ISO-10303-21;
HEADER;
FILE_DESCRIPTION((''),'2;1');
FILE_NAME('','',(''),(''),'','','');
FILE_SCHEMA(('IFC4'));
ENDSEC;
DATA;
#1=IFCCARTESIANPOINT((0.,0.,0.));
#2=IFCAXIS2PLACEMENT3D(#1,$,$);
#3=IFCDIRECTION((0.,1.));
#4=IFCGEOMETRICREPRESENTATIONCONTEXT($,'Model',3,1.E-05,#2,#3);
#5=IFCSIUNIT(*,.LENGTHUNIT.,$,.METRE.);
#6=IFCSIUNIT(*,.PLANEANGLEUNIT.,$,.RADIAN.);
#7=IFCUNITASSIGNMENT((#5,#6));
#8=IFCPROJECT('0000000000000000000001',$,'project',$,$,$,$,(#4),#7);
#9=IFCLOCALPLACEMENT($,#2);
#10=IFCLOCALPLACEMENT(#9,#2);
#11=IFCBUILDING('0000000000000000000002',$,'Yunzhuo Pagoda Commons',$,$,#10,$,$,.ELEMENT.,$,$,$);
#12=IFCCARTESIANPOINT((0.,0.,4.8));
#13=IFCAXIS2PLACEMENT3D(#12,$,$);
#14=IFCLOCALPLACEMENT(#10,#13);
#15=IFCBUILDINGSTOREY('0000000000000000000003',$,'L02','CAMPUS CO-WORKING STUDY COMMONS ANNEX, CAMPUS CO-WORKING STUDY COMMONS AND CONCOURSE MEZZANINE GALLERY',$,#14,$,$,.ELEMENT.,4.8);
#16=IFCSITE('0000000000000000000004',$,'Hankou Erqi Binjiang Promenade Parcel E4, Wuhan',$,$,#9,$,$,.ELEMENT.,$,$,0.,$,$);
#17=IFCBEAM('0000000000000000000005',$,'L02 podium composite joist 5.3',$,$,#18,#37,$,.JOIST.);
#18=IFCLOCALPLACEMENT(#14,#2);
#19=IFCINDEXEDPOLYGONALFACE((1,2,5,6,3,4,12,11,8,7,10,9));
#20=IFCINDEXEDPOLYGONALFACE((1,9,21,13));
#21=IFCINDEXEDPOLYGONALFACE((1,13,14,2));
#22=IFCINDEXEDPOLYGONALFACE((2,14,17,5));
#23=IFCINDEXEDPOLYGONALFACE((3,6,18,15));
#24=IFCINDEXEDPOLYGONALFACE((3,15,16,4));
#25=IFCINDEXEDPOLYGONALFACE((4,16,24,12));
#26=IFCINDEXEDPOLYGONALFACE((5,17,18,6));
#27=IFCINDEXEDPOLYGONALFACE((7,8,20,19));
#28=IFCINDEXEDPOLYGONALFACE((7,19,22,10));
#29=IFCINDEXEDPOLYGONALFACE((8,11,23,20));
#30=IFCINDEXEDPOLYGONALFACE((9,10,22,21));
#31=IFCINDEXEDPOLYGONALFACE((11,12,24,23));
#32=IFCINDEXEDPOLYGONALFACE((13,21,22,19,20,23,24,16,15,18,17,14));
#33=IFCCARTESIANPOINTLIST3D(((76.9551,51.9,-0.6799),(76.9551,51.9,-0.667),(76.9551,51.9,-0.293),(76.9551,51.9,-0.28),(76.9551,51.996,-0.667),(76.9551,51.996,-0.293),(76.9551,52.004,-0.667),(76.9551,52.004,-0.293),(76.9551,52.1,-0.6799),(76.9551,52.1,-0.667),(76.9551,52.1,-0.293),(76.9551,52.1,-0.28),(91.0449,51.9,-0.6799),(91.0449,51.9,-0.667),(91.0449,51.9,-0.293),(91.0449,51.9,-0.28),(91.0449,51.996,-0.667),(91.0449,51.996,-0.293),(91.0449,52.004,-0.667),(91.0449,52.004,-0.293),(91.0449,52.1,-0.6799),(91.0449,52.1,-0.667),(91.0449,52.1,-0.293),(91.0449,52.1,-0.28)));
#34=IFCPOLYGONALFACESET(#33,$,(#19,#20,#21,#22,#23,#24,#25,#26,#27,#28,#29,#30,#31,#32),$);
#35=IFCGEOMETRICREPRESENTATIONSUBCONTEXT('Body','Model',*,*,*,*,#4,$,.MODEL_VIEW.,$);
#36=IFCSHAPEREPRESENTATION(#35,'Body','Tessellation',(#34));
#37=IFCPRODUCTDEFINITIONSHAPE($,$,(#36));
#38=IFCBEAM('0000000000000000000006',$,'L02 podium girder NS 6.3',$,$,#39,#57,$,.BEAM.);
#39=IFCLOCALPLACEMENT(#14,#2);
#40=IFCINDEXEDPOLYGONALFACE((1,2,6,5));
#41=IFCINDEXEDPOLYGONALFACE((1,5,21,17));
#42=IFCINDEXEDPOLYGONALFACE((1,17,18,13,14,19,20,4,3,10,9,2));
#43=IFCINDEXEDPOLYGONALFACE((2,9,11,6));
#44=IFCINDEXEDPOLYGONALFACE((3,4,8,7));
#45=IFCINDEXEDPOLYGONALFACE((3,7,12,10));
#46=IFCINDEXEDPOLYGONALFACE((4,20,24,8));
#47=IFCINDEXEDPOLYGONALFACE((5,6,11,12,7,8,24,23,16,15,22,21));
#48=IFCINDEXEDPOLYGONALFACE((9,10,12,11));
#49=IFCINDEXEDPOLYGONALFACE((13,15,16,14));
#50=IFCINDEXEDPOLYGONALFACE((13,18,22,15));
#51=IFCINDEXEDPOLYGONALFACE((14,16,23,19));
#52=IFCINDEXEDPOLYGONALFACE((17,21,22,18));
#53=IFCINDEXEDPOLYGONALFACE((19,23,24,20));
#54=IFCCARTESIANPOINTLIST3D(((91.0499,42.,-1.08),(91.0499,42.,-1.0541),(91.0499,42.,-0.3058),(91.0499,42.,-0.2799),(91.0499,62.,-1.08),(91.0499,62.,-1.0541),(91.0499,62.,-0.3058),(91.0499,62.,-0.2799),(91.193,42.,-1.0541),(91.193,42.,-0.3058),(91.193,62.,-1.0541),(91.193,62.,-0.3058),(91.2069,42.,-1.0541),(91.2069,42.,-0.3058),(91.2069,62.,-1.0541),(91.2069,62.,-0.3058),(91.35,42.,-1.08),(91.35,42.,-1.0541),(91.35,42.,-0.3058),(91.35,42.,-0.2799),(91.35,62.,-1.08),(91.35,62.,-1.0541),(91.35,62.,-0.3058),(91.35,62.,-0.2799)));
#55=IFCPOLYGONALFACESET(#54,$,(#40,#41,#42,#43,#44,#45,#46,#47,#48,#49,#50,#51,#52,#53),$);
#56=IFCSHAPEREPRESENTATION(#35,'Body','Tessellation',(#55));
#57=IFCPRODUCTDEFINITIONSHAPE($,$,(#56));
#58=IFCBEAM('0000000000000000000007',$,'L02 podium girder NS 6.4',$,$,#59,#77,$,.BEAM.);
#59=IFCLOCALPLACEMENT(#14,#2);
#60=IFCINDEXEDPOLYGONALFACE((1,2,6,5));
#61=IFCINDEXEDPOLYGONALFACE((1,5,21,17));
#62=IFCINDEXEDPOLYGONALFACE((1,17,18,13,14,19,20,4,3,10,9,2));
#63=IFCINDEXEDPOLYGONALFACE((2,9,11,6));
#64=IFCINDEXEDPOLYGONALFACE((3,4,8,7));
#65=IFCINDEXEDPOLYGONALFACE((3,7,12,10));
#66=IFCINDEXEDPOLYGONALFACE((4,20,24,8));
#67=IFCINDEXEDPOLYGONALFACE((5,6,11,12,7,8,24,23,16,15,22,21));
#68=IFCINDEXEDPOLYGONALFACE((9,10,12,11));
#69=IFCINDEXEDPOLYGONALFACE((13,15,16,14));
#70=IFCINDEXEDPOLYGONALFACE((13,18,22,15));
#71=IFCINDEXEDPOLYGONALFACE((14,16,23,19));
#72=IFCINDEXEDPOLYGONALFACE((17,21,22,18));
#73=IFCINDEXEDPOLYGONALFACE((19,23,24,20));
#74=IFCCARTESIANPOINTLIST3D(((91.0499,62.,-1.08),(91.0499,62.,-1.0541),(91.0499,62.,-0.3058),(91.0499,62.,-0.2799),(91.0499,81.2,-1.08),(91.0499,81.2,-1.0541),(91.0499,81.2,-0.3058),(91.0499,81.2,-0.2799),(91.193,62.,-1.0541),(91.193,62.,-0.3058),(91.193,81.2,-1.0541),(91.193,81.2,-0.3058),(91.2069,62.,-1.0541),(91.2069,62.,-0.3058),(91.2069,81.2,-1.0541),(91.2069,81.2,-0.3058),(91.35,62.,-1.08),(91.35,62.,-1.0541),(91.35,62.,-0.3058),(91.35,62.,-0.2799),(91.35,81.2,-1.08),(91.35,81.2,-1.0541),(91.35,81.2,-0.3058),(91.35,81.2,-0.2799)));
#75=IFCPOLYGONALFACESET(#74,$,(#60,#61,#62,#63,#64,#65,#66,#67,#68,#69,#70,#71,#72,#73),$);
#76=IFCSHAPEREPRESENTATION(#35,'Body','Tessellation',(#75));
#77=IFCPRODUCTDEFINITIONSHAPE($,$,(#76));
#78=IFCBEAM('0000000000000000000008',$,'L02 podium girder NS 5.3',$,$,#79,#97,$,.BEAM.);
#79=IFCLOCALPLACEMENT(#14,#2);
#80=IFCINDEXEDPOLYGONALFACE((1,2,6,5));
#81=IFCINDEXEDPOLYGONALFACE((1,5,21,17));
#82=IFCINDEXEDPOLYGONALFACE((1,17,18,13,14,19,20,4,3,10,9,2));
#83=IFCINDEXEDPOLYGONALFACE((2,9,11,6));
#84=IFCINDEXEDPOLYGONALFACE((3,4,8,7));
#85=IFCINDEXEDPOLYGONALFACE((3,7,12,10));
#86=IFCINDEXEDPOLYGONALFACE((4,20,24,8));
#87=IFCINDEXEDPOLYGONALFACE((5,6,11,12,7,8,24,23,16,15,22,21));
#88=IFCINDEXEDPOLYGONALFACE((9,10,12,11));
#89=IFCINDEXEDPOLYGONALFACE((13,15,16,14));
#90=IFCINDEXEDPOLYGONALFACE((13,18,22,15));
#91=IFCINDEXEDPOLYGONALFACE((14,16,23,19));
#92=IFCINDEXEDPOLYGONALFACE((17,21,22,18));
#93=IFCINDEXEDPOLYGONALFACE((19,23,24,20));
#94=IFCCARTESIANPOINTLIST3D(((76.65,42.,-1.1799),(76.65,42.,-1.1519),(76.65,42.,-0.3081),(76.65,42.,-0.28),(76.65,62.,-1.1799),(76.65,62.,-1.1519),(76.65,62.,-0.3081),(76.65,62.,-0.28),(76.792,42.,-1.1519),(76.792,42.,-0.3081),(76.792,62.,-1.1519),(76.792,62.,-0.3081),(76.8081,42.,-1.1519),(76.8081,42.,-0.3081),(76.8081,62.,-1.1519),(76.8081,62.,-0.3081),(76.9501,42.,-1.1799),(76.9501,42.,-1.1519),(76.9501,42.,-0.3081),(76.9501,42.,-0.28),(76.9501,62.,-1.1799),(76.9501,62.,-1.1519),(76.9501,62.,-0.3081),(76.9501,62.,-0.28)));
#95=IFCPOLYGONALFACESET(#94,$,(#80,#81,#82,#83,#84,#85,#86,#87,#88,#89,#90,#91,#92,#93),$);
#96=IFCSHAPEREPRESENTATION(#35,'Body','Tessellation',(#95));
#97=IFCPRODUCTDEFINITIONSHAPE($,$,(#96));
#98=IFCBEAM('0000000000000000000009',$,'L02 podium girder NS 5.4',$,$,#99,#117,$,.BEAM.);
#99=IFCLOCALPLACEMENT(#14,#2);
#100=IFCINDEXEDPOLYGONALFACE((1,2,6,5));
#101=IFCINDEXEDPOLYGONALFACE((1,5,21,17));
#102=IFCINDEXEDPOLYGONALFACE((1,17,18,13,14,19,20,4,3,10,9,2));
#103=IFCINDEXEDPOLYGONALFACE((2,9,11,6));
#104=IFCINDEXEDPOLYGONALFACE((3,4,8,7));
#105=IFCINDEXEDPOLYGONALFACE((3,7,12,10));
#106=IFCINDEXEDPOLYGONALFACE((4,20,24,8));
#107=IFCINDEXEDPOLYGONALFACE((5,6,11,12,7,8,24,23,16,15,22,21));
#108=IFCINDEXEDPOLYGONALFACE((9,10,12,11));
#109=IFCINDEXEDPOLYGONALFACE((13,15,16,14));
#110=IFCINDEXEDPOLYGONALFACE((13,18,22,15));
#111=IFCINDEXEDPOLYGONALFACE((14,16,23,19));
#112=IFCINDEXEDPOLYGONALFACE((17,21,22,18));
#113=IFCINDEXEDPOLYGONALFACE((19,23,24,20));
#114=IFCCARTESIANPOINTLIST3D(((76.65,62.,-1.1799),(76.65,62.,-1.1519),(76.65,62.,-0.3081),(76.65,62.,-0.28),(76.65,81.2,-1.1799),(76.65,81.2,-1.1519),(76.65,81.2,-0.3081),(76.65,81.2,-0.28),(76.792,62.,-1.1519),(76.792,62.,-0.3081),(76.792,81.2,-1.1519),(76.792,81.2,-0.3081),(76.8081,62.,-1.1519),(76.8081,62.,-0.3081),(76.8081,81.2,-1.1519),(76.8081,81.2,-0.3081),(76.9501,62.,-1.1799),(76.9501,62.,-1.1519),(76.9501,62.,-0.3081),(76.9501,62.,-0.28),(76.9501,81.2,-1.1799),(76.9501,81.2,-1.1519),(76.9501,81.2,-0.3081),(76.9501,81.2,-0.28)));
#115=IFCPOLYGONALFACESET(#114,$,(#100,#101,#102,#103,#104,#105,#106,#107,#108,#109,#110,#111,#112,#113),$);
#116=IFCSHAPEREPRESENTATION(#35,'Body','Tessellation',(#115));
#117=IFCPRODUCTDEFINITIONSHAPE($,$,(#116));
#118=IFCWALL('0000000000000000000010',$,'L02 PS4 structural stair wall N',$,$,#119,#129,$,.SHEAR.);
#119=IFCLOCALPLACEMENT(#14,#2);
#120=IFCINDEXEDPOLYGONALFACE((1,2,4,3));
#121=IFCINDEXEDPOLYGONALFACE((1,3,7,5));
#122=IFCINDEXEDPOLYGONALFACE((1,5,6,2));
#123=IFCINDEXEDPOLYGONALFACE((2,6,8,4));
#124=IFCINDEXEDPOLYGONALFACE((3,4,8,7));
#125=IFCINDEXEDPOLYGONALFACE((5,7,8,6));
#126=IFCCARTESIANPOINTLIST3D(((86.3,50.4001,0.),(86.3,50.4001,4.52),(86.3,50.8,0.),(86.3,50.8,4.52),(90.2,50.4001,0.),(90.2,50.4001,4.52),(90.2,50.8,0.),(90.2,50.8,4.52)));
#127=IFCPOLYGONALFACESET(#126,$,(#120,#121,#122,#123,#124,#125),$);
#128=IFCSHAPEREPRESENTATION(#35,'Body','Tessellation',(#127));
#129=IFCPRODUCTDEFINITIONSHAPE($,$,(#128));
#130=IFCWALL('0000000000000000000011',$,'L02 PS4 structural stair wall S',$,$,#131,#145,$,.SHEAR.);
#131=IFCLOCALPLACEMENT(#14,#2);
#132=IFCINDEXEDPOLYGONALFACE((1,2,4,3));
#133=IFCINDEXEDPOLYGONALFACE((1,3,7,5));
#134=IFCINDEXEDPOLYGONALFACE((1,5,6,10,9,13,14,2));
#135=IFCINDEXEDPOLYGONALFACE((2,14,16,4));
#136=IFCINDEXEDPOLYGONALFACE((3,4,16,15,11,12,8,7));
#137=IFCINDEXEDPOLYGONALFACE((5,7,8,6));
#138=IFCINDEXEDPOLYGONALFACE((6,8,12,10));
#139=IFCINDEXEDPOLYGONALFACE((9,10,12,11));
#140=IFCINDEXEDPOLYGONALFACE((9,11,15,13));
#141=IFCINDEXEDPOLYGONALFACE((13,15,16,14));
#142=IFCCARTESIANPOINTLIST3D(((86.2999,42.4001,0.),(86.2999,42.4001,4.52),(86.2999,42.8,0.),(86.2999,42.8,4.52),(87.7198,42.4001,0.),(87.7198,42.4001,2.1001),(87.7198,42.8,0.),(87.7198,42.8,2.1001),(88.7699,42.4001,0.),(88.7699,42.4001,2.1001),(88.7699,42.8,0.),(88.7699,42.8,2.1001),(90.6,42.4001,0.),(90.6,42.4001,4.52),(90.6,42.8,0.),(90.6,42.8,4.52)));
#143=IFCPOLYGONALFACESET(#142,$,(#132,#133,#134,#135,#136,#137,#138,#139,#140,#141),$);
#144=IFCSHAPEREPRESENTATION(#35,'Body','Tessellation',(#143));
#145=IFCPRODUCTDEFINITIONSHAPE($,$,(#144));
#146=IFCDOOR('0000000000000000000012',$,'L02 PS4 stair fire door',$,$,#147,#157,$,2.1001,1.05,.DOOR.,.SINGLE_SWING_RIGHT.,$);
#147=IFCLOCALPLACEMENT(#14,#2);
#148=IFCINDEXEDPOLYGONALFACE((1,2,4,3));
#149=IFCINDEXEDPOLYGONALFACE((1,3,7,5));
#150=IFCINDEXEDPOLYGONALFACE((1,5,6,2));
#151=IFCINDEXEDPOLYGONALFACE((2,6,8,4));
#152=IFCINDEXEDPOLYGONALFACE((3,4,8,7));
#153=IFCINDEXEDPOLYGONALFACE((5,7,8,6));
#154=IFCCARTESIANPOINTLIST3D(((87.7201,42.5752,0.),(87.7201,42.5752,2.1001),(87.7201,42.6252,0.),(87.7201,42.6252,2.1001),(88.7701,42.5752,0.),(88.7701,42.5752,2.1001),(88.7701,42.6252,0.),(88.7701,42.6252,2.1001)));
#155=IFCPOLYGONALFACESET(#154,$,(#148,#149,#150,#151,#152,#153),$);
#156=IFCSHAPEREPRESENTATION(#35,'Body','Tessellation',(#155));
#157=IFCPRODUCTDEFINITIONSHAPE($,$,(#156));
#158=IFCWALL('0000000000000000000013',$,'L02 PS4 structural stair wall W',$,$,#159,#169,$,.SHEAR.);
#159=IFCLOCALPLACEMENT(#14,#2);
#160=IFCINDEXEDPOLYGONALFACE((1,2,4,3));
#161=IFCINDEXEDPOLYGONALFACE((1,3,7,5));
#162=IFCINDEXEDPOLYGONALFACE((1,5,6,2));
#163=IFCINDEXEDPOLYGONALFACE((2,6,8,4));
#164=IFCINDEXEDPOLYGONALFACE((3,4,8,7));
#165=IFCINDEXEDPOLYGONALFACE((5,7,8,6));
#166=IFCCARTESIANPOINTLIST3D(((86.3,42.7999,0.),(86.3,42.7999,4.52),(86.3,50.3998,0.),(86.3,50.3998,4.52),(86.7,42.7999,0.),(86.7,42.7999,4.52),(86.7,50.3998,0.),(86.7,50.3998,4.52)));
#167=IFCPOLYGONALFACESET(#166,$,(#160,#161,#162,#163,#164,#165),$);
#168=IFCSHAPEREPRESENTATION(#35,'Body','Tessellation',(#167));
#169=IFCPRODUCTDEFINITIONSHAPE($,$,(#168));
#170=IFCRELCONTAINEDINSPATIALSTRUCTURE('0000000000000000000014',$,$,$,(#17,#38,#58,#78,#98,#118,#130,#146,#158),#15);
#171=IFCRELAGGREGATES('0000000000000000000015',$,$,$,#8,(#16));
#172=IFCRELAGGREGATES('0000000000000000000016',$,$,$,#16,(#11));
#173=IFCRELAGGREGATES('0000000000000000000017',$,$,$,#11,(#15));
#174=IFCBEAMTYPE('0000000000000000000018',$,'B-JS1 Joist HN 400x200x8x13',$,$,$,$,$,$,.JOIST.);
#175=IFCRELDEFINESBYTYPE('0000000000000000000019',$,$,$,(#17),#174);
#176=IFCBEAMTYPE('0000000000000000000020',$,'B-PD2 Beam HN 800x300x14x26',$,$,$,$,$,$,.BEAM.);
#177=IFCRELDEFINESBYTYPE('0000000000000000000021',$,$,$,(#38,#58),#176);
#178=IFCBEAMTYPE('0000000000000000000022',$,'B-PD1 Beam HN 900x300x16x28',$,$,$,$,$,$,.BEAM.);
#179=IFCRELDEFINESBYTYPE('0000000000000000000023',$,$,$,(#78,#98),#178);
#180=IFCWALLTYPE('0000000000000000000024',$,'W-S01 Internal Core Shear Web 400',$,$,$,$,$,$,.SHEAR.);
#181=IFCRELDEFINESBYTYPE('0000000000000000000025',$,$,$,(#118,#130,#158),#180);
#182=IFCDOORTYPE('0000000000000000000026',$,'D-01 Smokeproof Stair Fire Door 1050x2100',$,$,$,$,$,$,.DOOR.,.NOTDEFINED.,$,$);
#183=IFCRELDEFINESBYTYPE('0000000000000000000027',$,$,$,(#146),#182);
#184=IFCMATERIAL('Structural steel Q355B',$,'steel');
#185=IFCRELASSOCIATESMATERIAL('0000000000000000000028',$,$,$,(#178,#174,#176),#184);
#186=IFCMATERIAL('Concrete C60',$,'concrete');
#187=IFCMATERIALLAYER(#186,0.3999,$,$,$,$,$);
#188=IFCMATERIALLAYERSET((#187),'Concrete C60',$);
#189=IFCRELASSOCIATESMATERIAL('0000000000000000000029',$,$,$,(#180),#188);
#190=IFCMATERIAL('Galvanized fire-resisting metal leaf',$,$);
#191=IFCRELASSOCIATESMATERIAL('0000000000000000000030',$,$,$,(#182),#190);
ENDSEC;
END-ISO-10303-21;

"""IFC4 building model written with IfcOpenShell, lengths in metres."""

from ifc_helpers import new_model, si_unit, direction, frame, frame_2d, origin, origin_2d, place, context, subcontext, project, spatial, rectangle, i_section, extrude, source, transform, mapped, material, layer, layer_set, material_profile, profile_set, type_object, element, fill, save


model = new_model("IFC4")

# Units and contexts
model_context = context("Model", 3, precision=1e-05, world=origin(), true_north=direction((0.0, 1.0)))
body_context = subcontext(model_context, "Body", "Model", "MODEL_VIEW")
ifc_project = project(units=[si_unit("LENGTHUNIT", "METRE"), si_unit("PLANEANGLEUNIT", "RADIAN")], contexts=[model_context])

# Site, building, storey
site_placement = place(None, origin())
site = spatial("IfcSite", under=ifc_project, at=site_placement, Name="Hankou Erqi Binjiang Promenade Parcel E4, Wuhan", CompositionType="ELEMENT", RefElevation=0.0)
building_placement = place(site_placement, origin())
building = spatial("IfcBuilding", under=site, at=building_placement, Name="Yunzhuo Pagoda Commons", CompositionType="ELEMENT")
storey_placement = place(building_placement, frame((0.0, 0.0, 4.8)))
storey = spatial("IfcBuildingStorey", under=building, at=storey_placement, Name="L02", Description="CAMPUS CO-WORKING STUDY COMMONS ANNEX, CAMPUS CO-WORKING STUDY COMMONS AND CONCOURSE MEZZANINE GALLERY", CompositionType="ELEMENT", Elevation=4.8)

# Beams
ifc_material_1 = material(Name="Structural steel Q355B", Category="steel")
ifc_material_profile_1 = material_profile(ifc_material_1, i_section(OverallWidth=0.3, OverallDepth=0.8999, WebThickness=0.0161, FlangeThickness=0.0281, at=origin_2d()), Name="Structural steel Q355B")
ifc_profile_set_1 = profile_set([ifc_material_profile_1], Name="Structural steel Q355B")
beam_type_1 = type_object("IfcBeamType", Name="B-PD1 Beam HN 900x300x16x28", PredefinedType="BEAM", material=ifc_profile_set_1)
ifc_material_profile_2 = material_profile(ifc_material_1, i_section(OverallWidth=0.2, OverallDepth=0.3999, WebThickness=0.0081, FlangeThickness=0.0129, at=origin_2d()), Name="Structural steel Q355B")
ifc_profile_set_2 = profile_set([ifc_material_profile_2], Name="Structural steel Q355B")
beam_type_2 = type_object("IfcBeamType", Name="B-JS1 Joist HN 400x200x8x13", PredefinedType="JOIST", material=ifc_profile_set_2)
shared_shape_1 = source(origin(), body_context, "Body", "SweptSolid", [
    extrude(i_section(OverallWidth=0.2, OverallDepth=0.3999, WebThickness=0.0081, FlangeThickness=0.0129, at=origin_2d()), origin(), (0.0, 0.0, 1.0), 14.0898),
])
beam_1_placement = place(storey_placement, frame((76.9551, 52.0, -0.48), z_axis=(1.0, 0.0, 0.0), x_axis=(0.0, 1.0, 0.0)))
element("IfcBeam", 1, at=beam_1_placement, inside=storey, type_object=beam_type_2, Name="L02 podium composite joist 5.3", PredefinedType="JOIST", context=body_context, shape_type="MappedRepresentation", body=[
    mapped(shared_shape_1, transform((0.0, 0.0, 0.0), scale=1.0)),
])
ifc_material_profile_3 = material_profile(ifc_material_1, i_section(OverallWidth=0.3, OverallDepth=0.8, WebThickness=0.0139, FlangeThickness=0.0259, at=origin_2d()), Name="Structural steel Q355B")
ifc_profile_set_3 = profile_set([ifc_material_profile_3], Name="Structural steel Q355B")
beam_type_3 = type_object("IfcBeamType", Name="B-PD2 Beam HN 800x300x14x26", PredefinedType="BEAM", material=ifc_profile_set_3)
shared_shape_2 = source(origin(), body_context, "Body", "SweptSolid", [
    extrude(i_section(OverallWidth=0.3, OverallDepth=0.8, WebThickness=0.0139, FlangeThickness=0.0259, at=origin_2d()), origin(), (0.0, 0.0, 1.0), 20.0),
])
beam_2_placement = place(storey_placement, frame((91.2, 42.0, -0.6799), z_axis=(0.0, 1.0, 0.0), x_axis=(-1.0, 0.0, 0.0)))
element("IfcBeam", 2, at=beam_2_placement, inside=storey, type_object=beam_type_3, Name="L02 podium girder NS 6.3", PredefinedType="BEAM", context=body_context, shape_type="MappedRepresentation", body=[
    mapped(shared_shape_2, transform((0.0, 0.0, 0.0), scale=1.0)),
])
shared_shape_3 = source(origin(), body_context, "Body", "SweptSolid", [
    extrude(i_section(OverallWidth=0.3, OverallDepth=0.8, WebThickness=0.0139, FlangeThickness=0.0259, at=origin_2d()), origin(), (0.0, 0.0, 1.0), 19.2),
])
beam_3_placement = place(storey_placement, frame((91.2, 62.0, -0.6799), z_axis=(0.0, 1.0, 0.0), x_axis=(-1.0, 0.0, 0.0)))
element("IfcBeam", 3, at=beam_3_placement, inside=storey, type_object=beam_type_3, Name="L02 podium girder NS 6.4", PredefinedType="BEAM", context=body_context, shape_type="MappedRepresentation", body=[
    mapped(shared_shape_3, transform((0.0, 0.0, 0.0), scale=1.0)),
])
shared_shape_4 = source(origin(), body_context, "Body", "SweptSolid", [
    extrude(i_section(OverallWidth=0.3, OverallDepth=0.8999, WebThickness=0.0161, FlangeThickness=0.0281, at=origin_2d()), origin(), (0.0, 0.0, 1.0), 20.0),
])
beam_4_placement = place(storey_placement, frame((76.8, 42.0, -0.73), z_axis=(0.0, 1.0, 0.0), x_axis=(-1.0, 0.0, 0.0)))
element("IfcBeam", 4, at=beam_4_placement, inside=storey, type_object=beam_type_1, Name="L02 podium girder NS 5.3", PredefinedType="BEAM", context=body_context, shape_type="MappedRepresentation", body=[
    mapped(shared_shape_4, transform((0.0, 0.0, 0.0), scale=1.0)),
])
shared_shape_5 = source(origin(), body_context, "Body", "SweptSolid", [
    extrude(i_section(OverallWidth=0.3, OverallDepth=0.8999, WebThickness=0.0161, FlangeThickness=0.0281, at=origin_2d()), origin(), (0.0, 0.0, 1.0), 19.2),
])
beam_5_placement = place(storey_placement, frame((76.8, 62.0, -0.73), z_axis=(0.0, 1.0, 0.0), x_axis=(-1.0, 0.0, 0.0)))
element("IfcBeam", 5, at=beam_5_placement, inside=storey, type_object=beam_type_1, Name="L02 podium girder NS 5.4", PredefinedType="BEAM", context=body_context, shape_type="MappedRepresentation", body=[
    mapped(shared_shape_5, transform((0.0, 0.0, 0.0), scale=1.0)),
])

# Wall
ifc_material_2 = material(Name="Concrete C60", Category="concrete")
ifc_layer = layer(ifc_material_2, 0.3999)
ifc_layer_set = layer_set([ifc_layer], Name="Concrete C60")
wall_type = type_object("IfcWallType", Name="W-S01 Internal Core Shear Web 400", PredefinedType="SHEAR", material=ifc_layer_set)
wall_1_placement = place(storey_placement, frame((86.3, 50.6001, 0.0), z_axis=(0.0, 0.0, 1.0), x_axis=(1.0, 0.0, 0.0)))
element("IfcWall", 6, at=wall_1_placement, inside=storey, type_object=wall_type, Name="L02 PS4 structural stair wall N", PredefinedType="SHEAR", context=body_context, shape_type="SweptSolid", body=[
    extrude(rectangle(XDim=3.8999, YDim=0.3999, at=frame_2d((1.95, 0.0))), origin(), (0.0, 0.0, 1.0), 4.52),
])

# Wall, opening, door
wall_2_placement = place(storey_placement, frame((86.3, 42.6001, 0.0), z_axis=(0.0, 0.0, 1.0), x_axis=(1.0, 0.0, 0.0)))
wall_2 = element("IfcWall", 7, at=wall_2_placement, inside=storey, type_object=wall_type, Name="L02 PS4 structural stair wall S", PredefinedType="SHEAR", context=body_context, shape_type="SweptSolid", body=[
    extrude(rectangle(XDim=4.3, YDim=0.3999, at=frame_2d((2.1499, 0.0))), origin(), (0.0, 0.0, 1.0), 4.52),
])
opening_placement = place(wall_2_placement, frame((1.4199, 0.0, 0.0)))
opening = element("IfcOpeningElement", 8, at=opening_placement, cuts=wall_2, PredefinedType="OPENING", context=body_context, shape_type="SweptSolid", body=[
    extrude(rectangle(XDim=1.05, YDim=2.1001, at=frame_2d((0.5249, 1.05))), frame((0.0, 0.21, 0.0), z_axis=(0.0, -1.0, 0.0), x_axis=(1.0, 0.0, 0.0)), (0.0, 0.0, 1.0), 0.4199),
])
ifc_material_3 = material(Name="Galvanized fire-resisting metal leaf")
door_type = type_object("IfcDoorType", Name="D-01 Smokeproof Stair Fire Door 1050x2100", OperationType="NOTDEFINED", PredefinedType="DOOR", material=ifc_material_3)
shared_shape_6 = source(origin(), body_context, "Body", "SweptSolid", [
    extrude(rectangle(XDim=1.05, YDim=2.1001, at=frame_2d((0.5249, 1.05))), frame((0.0, 0.0249, 0.0), z_axis=(0.0, -1.0, 0.0), x_axis=(1.0, 0.0, 0.0)), (0.0, 0.0, 1.0), 0.05),
])
door_placement = place(opening_placement, frame((1.05, 0.0, 0.0), z_axis=(0.0, 0.0, 1.0), x_axis=(-1.0, 0.0, 0.0)))
door = element("IfcDoor", 9, at=door_placement, inside=storey, type_object=door_type, Name="L02 PS4 stair fire door", OperationType="SINGLE_SWING_RIGHT", OverallHeight=2.1001, OverallWidth=1.05, PredefinedType="DOOR", context=body_context, shape_type="MappedRepresentation", body=[
    mapped(shared_shape_6, transform((0.0, 0.0, 0.0), scale=1.0)),
])
fill(opening, door)

# Wall
for number, where, z_axis, x_axis, name in (
    (10, (86.5, 42.8, 0.0), (0.0, 0.0, 1.0), (0.0, 1.0, 0.0), "L02 PS4 structural stair wall W"),
):
    element("IfcWall", number, at=place(storey_placement, frame(where, z_axis=z_axis, x_axis=x_axis)), inside=storey, type_object=wall_type, Name=name, PredefinedType="SHEAR", context=body_context, shape_type="SweptSolid", body=[
        extrude(rectangle(XDim=7.5999, YDim=0.3999, at=frame_2d((3.7998, 0.0))), origin(), (0.0, 0.0, 1.0), 4.52),
    ])

save(model, "model.ifc")
